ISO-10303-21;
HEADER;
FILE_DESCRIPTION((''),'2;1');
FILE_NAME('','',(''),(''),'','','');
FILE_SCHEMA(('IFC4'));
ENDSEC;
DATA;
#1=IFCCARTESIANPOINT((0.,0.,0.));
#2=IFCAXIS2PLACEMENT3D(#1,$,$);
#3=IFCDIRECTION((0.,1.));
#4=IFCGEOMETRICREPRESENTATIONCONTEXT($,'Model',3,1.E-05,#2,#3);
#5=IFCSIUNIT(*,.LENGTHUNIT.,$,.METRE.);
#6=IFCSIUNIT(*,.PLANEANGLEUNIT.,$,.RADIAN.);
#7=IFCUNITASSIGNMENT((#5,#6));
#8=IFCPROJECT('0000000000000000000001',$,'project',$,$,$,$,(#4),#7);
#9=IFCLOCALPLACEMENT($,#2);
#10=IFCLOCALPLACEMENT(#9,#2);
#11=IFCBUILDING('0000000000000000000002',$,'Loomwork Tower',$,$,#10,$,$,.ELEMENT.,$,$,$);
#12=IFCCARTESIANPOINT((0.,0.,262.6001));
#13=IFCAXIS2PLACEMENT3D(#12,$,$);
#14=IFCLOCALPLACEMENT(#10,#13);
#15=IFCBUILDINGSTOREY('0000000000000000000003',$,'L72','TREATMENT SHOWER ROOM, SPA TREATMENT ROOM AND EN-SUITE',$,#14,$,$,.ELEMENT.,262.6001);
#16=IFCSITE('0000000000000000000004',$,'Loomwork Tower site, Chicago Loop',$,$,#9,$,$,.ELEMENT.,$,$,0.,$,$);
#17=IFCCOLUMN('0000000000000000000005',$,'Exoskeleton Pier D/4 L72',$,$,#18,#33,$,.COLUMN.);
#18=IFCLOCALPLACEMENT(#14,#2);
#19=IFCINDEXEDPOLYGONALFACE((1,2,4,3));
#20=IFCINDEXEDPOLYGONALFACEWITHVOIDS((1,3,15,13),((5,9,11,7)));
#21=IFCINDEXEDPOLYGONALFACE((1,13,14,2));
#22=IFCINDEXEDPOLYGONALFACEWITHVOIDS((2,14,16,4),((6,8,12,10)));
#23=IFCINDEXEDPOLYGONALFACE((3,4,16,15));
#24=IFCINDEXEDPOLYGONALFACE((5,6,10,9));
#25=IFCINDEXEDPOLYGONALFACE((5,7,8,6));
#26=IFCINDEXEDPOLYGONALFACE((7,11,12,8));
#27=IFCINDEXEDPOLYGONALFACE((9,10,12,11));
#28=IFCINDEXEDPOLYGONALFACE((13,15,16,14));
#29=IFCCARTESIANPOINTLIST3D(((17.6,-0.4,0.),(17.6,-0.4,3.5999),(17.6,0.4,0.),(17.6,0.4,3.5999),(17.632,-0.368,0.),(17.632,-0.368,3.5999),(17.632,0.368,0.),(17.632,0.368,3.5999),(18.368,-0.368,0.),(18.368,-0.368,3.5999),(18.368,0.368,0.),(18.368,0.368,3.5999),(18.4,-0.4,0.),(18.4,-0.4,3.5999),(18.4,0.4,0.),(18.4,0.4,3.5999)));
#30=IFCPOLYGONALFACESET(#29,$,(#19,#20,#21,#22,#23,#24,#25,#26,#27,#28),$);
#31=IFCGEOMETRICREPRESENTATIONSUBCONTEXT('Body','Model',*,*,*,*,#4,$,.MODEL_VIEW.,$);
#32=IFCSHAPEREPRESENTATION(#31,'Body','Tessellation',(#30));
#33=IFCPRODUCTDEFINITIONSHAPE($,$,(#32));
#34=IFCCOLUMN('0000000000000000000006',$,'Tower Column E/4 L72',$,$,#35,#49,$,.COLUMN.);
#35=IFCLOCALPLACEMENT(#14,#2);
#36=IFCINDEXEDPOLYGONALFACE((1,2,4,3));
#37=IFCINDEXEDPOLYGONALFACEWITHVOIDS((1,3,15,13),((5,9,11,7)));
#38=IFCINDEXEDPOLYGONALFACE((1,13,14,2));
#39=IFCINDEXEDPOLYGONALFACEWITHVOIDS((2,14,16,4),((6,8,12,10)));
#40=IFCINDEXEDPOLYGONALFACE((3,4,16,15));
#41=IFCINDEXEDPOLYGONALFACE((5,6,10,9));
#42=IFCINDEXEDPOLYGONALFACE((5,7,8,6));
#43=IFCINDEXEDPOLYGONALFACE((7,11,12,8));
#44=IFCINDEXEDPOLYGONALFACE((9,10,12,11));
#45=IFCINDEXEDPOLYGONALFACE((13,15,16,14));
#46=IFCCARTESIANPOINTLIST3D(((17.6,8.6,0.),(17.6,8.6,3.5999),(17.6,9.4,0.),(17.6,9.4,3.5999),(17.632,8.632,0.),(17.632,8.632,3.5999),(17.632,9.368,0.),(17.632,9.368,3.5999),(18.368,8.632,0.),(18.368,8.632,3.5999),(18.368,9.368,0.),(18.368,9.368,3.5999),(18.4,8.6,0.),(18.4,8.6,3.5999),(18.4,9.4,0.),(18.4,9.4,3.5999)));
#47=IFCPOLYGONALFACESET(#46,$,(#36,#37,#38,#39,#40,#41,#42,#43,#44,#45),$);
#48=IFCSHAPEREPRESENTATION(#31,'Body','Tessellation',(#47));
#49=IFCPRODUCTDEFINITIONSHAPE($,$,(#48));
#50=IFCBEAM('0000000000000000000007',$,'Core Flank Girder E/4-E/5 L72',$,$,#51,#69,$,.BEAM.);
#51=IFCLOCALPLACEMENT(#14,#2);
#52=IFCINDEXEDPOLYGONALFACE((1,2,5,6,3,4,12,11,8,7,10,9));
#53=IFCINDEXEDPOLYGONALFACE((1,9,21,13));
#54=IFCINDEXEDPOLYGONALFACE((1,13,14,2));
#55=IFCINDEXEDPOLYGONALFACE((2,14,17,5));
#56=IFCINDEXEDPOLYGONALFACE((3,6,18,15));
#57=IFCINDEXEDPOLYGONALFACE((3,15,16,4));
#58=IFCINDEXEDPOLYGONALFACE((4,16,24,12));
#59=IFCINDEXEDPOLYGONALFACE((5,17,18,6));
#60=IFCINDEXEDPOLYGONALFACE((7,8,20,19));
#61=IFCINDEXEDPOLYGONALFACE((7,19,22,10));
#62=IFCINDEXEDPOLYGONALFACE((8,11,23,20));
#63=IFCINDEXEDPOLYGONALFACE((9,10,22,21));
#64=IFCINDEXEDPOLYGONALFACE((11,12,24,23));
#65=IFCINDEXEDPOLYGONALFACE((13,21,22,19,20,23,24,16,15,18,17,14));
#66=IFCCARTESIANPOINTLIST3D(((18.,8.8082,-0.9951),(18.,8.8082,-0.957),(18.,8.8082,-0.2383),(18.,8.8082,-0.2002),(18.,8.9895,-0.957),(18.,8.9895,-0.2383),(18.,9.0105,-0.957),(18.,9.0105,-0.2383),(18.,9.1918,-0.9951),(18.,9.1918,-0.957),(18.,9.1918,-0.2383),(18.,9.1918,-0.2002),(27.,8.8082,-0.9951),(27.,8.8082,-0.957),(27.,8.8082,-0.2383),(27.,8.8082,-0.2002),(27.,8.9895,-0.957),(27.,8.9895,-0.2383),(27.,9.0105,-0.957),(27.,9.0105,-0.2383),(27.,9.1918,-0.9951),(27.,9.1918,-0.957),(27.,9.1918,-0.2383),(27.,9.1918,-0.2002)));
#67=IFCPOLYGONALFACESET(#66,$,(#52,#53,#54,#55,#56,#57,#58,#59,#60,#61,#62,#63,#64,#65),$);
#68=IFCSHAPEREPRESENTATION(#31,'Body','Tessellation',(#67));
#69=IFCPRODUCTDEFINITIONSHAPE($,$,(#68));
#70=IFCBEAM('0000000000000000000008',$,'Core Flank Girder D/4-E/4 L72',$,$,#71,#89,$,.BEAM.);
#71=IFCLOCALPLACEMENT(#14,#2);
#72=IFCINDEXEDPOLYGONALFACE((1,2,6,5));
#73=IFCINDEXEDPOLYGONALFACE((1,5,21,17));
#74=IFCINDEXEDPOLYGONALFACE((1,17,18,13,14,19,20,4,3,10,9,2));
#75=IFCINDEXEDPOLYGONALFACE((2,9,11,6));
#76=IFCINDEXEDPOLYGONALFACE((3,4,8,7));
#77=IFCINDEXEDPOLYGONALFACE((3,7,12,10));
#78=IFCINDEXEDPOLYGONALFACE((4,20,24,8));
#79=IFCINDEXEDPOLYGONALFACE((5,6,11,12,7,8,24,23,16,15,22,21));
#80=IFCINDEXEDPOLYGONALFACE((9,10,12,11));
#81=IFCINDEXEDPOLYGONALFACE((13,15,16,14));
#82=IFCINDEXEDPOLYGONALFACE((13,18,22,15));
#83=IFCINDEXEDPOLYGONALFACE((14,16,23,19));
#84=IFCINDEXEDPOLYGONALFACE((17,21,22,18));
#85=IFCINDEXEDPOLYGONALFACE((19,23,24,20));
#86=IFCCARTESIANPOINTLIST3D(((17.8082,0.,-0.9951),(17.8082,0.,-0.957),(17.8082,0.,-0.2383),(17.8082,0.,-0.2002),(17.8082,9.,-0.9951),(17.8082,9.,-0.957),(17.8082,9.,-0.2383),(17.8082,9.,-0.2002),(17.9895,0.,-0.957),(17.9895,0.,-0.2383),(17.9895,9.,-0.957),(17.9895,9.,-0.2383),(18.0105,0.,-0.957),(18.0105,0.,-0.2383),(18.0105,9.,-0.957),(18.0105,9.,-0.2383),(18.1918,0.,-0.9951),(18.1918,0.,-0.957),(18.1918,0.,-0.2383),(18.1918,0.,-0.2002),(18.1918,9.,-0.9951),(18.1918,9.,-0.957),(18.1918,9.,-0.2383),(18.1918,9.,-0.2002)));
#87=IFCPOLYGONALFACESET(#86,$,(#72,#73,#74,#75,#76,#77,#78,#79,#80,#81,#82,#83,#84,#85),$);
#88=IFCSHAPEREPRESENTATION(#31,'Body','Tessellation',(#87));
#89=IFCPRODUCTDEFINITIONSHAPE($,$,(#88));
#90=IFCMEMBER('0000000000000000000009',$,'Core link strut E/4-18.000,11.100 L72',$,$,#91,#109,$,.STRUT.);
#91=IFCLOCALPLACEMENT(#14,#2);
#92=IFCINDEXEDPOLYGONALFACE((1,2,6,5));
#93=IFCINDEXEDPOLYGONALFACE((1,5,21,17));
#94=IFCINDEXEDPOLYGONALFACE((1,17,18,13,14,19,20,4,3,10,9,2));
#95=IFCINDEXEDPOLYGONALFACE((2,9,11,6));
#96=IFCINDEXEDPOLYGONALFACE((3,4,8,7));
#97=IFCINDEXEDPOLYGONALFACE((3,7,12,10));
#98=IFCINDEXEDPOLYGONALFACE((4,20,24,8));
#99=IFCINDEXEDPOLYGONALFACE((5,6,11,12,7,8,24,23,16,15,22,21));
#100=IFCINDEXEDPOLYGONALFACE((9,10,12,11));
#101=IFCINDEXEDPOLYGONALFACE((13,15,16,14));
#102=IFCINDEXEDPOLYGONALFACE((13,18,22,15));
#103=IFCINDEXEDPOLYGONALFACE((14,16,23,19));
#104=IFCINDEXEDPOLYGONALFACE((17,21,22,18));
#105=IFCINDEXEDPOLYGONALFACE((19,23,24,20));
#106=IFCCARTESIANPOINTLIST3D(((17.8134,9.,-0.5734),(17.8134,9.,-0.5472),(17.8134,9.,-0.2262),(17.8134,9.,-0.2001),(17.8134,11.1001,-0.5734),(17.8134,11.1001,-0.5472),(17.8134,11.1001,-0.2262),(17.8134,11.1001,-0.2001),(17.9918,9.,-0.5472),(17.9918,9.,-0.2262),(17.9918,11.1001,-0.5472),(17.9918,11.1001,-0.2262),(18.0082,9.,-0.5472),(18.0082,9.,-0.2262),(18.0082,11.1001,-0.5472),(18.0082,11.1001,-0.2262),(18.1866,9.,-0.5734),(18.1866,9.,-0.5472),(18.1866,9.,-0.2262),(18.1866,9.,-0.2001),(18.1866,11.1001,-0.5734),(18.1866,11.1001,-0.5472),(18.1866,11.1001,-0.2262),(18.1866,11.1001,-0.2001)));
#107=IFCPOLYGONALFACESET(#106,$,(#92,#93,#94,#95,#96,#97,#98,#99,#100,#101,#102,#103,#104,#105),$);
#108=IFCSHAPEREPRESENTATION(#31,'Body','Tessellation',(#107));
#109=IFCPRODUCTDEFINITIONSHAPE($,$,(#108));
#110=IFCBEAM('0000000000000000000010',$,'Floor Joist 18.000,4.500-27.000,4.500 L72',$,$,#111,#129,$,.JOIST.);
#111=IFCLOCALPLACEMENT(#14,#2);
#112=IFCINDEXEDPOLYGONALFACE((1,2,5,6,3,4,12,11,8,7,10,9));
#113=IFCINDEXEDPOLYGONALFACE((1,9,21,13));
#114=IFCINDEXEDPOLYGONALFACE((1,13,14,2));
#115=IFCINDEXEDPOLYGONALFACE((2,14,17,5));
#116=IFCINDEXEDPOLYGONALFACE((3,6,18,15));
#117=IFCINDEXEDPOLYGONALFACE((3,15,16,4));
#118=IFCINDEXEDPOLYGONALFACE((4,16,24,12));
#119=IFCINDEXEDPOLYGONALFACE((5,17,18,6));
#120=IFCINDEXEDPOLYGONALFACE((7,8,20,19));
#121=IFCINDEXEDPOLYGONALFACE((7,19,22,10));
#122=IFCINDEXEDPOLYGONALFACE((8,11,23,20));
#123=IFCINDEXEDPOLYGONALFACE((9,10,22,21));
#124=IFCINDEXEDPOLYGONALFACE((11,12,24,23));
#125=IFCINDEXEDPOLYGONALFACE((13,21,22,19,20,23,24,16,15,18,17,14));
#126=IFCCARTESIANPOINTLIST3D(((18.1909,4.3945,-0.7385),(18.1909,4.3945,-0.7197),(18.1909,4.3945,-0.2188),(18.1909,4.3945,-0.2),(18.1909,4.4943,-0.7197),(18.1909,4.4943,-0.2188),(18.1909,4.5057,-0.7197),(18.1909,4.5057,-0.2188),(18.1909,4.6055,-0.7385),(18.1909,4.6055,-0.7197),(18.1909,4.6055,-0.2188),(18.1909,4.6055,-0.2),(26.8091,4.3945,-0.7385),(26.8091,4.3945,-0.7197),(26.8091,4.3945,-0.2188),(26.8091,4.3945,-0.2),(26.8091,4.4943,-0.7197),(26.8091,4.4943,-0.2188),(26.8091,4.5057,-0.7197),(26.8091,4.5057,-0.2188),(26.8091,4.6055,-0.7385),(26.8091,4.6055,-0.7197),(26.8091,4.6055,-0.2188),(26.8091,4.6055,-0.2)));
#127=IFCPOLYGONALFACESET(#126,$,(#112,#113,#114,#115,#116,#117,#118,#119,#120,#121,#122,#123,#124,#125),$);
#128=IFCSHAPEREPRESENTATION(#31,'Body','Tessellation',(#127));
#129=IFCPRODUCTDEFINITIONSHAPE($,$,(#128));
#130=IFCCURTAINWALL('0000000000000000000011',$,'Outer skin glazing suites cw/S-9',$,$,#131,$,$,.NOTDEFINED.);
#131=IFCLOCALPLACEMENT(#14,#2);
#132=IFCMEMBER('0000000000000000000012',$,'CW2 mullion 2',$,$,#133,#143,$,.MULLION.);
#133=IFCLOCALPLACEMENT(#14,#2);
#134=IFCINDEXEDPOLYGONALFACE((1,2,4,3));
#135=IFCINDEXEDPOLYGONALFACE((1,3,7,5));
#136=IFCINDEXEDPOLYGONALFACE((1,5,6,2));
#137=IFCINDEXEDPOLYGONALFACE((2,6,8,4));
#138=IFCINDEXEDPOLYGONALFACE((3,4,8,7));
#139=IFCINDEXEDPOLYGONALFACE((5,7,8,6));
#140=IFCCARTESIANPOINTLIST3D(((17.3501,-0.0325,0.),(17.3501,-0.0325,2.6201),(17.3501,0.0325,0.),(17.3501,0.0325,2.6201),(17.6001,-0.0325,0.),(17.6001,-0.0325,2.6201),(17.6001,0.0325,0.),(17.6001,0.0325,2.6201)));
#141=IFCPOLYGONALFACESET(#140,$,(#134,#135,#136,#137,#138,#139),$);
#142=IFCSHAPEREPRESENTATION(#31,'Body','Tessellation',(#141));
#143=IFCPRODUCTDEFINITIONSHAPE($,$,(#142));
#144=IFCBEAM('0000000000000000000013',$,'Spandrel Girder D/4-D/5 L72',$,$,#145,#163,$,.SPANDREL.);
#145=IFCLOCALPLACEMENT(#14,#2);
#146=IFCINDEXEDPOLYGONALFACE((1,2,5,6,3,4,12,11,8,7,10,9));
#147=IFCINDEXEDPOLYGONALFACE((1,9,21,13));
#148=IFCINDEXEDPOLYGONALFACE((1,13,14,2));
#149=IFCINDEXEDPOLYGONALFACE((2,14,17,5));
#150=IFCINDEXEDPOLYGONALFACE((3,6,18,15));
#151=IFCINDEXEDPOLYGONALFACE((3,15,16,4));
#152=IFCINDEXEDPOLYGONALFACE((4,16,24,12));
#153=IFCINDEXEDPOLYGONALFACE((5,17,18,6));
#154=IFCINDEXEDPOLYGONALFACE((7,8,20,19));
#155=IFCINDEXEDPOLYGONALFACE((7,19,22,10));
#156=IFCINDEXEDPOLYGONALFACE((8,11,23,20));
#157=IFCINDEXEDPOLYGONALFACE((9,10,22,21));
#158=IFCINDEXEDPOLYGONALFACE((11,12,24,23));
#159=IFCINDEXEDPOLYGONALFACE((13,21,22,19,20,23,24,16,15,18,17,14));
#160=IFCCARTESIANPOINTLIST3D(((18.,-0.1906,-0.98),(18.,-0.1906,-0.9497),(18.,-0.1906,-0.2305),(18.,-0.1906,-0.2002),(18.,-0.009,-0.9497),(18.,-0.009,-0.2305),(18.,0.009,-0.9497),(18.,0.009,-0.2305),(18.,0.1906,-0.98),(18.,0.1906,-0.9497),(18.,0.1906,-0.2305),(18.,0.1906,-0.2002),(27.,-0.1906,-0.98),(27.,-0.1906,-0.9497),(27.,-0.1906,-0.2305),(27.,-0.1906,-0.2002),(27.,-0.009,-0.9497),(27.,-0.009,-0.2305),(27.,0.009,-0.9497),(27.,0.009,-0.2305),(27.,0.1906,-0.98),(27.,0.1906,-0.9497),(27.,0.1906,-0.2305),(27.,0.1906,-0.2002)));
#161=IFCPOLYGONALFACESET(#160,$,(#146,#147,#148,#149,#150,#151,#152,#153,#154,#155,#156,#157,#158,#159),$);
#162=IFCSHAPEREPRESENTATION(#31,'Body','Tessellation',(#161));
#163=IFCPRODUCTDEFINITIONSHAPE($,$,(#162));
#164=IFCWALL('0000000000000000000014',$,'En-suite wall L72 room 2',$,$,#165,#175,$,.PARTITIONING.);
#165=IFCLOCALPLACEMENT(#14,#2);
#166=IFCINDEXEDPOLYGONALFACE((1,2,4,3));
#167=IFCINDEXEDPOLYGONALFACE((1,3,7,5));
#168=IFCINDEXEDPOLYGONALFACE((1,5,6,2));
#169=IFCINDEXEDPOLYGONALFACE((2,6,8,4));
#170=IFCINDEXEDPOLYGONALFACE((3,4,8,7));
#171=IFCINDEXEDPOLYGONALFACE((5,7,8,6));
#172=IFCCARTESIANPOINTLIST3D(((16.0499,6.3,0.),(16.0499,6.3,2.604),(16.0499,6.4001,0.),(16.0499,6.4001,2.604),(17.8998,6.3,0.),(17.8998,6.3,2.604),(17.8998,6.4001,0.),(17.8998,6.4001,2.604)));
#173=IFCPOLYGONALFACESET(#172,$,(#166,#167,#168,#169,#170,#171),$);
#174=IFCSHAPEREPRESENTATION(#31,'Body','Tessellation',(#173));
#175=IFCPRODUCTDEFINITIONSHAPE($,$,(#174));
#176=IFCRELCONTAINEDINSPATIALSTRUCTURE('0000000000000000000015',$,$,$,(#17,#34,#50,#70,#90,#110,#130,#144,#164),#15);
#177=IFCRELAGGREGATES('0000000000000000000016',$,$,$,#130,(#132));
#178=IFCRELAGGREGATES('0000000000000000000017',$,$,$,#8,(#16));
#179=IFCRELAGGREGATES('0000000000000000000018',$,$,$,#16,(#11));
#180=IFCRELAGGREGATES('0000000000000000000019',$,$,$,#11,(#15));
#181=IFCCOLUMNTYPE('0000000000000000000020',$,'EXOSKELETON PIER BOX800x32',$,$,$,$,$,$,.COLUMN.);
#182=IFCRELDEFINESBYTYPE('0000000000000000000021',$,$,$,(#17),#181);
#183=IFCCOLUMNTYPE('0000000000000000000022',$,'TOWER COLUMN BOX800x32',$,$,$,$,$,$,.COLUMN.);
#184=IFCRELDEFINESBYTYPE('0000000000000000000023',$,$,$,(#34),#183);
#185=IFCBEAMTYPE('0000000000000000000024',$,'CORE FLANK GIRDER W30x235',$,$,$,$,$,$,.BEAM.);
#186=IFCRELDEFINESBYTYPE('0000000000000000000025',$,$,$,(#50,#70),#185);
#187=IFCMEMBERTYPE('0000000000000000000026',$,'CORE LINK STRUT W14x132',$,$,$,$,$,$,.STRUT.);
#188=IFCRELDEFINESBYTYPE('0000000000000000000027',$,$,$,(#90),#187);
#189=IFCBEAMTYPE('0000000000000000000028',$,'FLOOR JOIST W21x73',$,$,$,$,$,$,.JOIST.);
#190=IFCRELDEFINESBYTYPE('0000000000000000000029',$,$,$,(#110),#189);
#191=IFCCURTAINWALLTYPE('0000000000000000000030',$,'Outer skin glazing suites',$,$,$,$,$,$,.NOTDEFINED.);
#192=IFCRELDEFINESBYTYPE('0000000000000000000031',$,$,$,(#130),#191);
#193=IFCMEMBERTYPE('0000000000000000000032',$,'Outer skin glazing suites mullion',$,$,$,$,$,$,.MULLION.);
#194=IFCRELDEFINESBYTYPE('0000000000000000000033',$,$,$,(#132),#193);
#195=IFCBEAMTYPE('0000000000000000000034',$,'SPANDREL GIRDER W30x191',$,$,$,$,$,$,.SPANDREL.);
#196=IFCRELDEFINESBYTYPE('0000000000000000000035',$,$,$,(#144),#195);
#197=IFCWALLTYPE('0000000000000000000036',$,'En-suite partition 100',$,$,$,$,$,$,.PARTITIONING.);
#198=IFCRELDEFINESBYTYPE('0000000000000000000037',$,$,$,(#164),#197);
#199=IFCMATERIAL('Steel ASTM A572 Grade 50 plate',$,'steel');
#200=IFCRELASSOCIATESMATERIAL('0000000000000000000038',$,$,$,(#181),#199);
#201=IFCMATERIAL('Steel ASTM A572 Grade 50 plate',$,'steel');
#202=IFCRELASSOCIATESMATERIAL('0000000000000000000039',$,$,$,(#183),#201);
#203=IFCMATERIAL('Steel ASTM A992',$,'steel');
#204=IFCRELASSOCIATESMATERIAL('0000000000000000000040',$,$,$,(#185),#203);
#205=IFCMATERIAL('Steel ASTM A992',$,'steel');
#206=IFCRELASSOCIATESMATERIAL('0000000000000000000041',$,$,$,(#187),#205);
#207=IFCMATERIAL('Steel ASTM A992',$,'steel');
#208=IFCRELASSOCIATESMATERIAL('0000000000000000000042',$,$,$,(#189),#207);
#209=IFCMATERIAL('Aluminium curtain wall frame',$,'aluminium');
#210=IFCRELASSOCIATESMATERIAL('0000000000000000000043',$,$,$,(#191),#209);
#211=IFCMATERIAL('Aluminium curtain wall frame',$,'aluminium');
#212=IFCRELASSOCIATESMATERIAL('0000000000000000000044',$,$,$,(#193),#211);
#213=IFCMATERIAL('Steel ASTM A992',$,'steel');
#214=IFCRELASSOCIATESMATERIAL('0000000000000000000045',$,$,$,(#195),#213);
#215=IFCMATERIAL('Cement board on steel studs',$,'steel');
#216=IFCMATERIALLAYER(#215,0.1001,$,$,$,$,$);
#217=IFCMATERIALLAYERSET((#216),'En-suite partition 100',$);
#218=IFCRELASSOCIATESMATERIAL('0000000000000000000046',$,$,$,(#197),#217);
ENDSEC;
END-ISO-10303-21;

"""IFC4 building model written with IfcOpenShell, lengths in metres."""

from ifc_helpers import new_model, si_unit, direction, frame, frame_2d, origin, origin_2d, place, context, subcontext, project, spatial, rectangle, hollow_rectangle, i_section, extrude, material, layer, layer_set, material_profile, profile_set, type_object, element, aggregate, save


model = new_model("IFC4")

# Units and contexts
model_context = context("Model", 3, precision=1e-05, world=origin(), true_north=direction((0.0, 1.0)))
body_context = subcontext(model_context, "Body", "Model", "MODEL_VIEW")
ifc_project = project(units=[si_unit("LENGTHUNIT", "METRE"), si_unit("PLANEANGLEUNIT", "RADIAN")], contexts=[model_context])

# Site, building, storey
site_placement = place(None, origin())
site = spatial("IfcSite", under=ifc_project, at=site_placement, Name="Loomwork Tower site, Chicago Loop", CompositionType="ELEMENT", RefElevation=0.0)
building_placement = place(site_placement, origin())
building = spatial("IfcBuilding", under=site, at=building_placement, Name="Loomwork Tower", CompositionType="ELEMENT")
storey_placement = place(building_placement, frame((0.0, 0.0, 262.6001)))
storey = spatial("IfcBuildingStorey", under=building, at=storey_placement, Name="L72", Description="TREATMENT SHOWER ROOM, SPA TREATMENT ROOM AND EN-SUITE", CompositionType="ELEMENT", Elevation=262.6001)

# Columns
ifc_material_1 = material(Name="Steel ASTM A572 Grade 50 plate", Category="steel")
ifc_material_profile_1 = material_profile(ifc_material_1, hollow_rectangle(XDim=0.8, YDim=0.8, WallThickness=0.032, at=origin_2d()), Name="BOX800x32")
ifc_profile_set_1 = profile_set([ifc_material_profile_1], Name="Steel ASTM A572 Grade 50 plate")
column_type_1 = type_object("IfcColumnType", Name="EXOSKELETON PIER BOX800x32", PredefinedType="COLUMN", material=ifc_profile_set_1)
column_1_placement = place(storey_placement, frame((18.0, 0.0, 0.0), z_axis=(0.0, 0.0, 1.0), x_axis=(1.0, 0.0, 0.0)))
element("IfcColumn", 1, at=column_1_placement, inside=storey, type_object=column_type_1, Name="Exoskeleton Pier D/4 L72", PredefinedType="COLUMN", context=body_context, shape_type="SweptSolid", body=[
    extrude(hollow_rectangle(XDim=0.8, YDim=0.8, WallThickness=0.032, at=origin_2d()), origin(), (0.0, 0.0, 1.0), 3.5999),
])
ifc_material_2 = material(Name="Steel ASTM A572 Grade 50 plate", Category="steel")
ifc_material_profile_2 = material_profile(ifc_material_2, hollow_rectangle(XDim=0.8, YDim=0.8, WallThickness=0.032, at=origin_2d()), Name="BOX800x32")
ifc_profile_set_2 = profile_set([ifc_material_profile_2], Name="Steel ASTM A572 Grade 50 plate")
column_type_2 = type_object("IfcColumnType", Name="TOWER COLUMN BOX800x32", PredefinedType="COLUMN", material=ifc_profile_set_2)
column_2_placement = place(storey_placement, frame((18.0, 9.0, 0.0), z_axis=(0.0, 0.0, 1.0), x_axis=(1.0, 0.0, 0.0)))
element("IfcColumn", 2, at=column_2_placement, inside=storey, type_object=column_type_2, Name="Tower Column E/4 L72", PredefinedType="COLUMN", context=body_context, shape_type="SweptSolid", body=[
    extrude(hollow_rectangle(XDim=0.8, YDim=0.8, WallThickness=0.032, at=origin_2d()), origin(), (0.0, 0.0, 1.0), 3.5999),
])

# Beams
ifc_material_3 = material(Name="Steel ASTM A992", Category="steel")
ifc_material_profile_3 = material_profile(ifc_material_3, i_section(OverallWidth=0.3835, OverallDepth=0.7949, WebThickness=0.021, FlangeThickness=0.0381, at=origin_2d()), Name="W30x235")
ifc_profile_set_3 = profile_set([ifc_material_profile_3], Name="Steel ASTM A992")
beam_type_1 = type_object("IfcBeamType", Name="CORE FLANK GIRDER W30x235", PredefinedType="BEAM", material=ifc_profile_set_3)
for number, where, z_axis, x_axis, name in (
    (3, (18.0, 9.0, -0.5977), (1.0, 0.0, 0.0), (0.0, 1.0, 0.0), "Core Flank Girder E/4-E/5 L72"),
    (4, (18.0, 0.0, -0.5977), (0.0, 1.0, 0.0), (-1.0, 0.0, 0.0), "Core Flank Girder D/4-E/4 L72"),
):
    element("IfcBeam", number, at=place(storey_placement, frame(where, z_axis=z_axis, x_axis=x_axis)), inside=storey, type_object=beam_type_1, Name=name, PredefinedType="BEAM", context=body_context, shape_type="SweptSolid", body=[
        extrude(i_section(OverallWidth=0.3835, OverallDepth=0.7949, WebThickness=0.021, FlangeThickness=0.0381, at=origin_2d()), origin(), (0.0, 0.0, 1.0), 9.0),
    ])

# Member
ifc_material_4 = material(Name="Steel ASTM A992", Category="steel")
ifc_material_profile_4 = material_profile(ifc_material_4, i_section(OverallWidth=0.3733, OverallDepth=0.3733, WebThickness=0.0164, FlangeThickness=0.0261, at=origin_2d()), Name="W14x132")
ifc_profile_set_4 = profile_set([ifc_material_profile_4], Name="Steel ASTM A992")
member_type_1 = type_object("IfcMemberType", Name="CORE LINK STRUT W14x132", PredefinedType="STRUT", material=ifc_profile_set_4)
member_1_placement = place(storey_placement, frame((18.0, 9.0, -0.3867), z_axis=(0.0, 1.0, 0.0), x_axis=(-1.0, 0.0, 0.0)))
element("IfcMember", 5, at=member_1_placement, inside=storey, type_object=member_type_1, Name="Core link strut E/4-18.000,11.100 L72", PredefinedType="STRUT", context=body_context, shape_type="SweptSolid", body=[
    extrude(i_section(OverallWidth=0.3733, OverallDepth=0.3733, WebThickness=0.0164, FlangeThickness=0.0261, at=origin_2d()), origin(), (0.0, 0.0, 1.0), 2.1001),
])

# Beam
ifc_material_5 = material(Name="Steel ASTM A992", Category="steel")
ifc_material_profile_5 = material_profile(ifc_material_5, i_section(OverallWidth=0.2109, OverallDepth=0.5386, WebThickness=0.0115, FlangeThickness=0.0188, at=origin_2d()), Name="W21x73")
ifc_profile_set_5 = profile_set([ifc_material_profile_5], Name="Steel ASTM A992")
beam_type_2 = type_object("IfcBeamType", Name="FLOOR JOIST W21x73", PredefinedType="JOIST", material=ifc_profile_set_5)
beam_1_placement = place(storey_placement, frame((18.1909, 4.5, -0.4692), z_axis=(1.0, 0.0, 0.0), x_axis=(0.0, 1.0, 0.0)))
element("IfcBeam", 6, at=beam_1_placement, inside=storey, type_object=beam_type_2, Name="Floor Joist 18.000,4.500-27.000,4.500 L72", PredefinedType="JOIST", context=body_context, shape_type="SweptSolid", body=[
    extrude(i_section(OverallWidth=0.2109, OverallDepth=0.5386, WebThickness=0.0115, FlangeThickness=0.0188, at=origin_2d()), origin(), (0.0, 0.0, 1.0), 8.6182),
])

# Curtain wall, member
ifc_material_6 = material(Name="Aluminium curtain wall frame", Category="aluminium")
curtain_wall_type = type_object("IfcCurtainWallType", Name="Outer skin glazing suites", PredefinedType="NOTDEFINED", material=ifc_material_6)
curtain_wall_placement = place(storey_placement, origin())
curtain_wall = element("IfcCurtainWall", 7, at=curtain_wall_placement, inside=storey, type_object=curtain_wall_type, Name="Outer skin glazing suites cw/S-9", PredefinedType="NOTDEFINED")
ifc_material_7 = material(Name="Aluminium curtain wall frame", Category="aluminium")
ifc_material_profile_6 = material_profile(ifc_material_7, rectangle(XDim=0.0649, YDim=0.25, at=origin_2d()), Name="AL 65x250")
ifc_profile_set_6 = profile_set([ifc_material_profile_6], Name="Aluminium curtain wall frame")
member_type_2 = type_object("IfcMemberType", Name="Outer skin glazing suites mullion", PredefinedType="MULLION", material=ifc_profile_set_6)
member_2_placement = place(storey_placement, frame((17.4751, 0.0, 0.0), z_axis=(0.0, 0.0, 1.0), x_axis=(0.0, 1.0, 0.0)))
member_2 = element("IfcMember", 8, at=member_2_placement, type_object=member_type_2, Name="CW2 mullion 2", PredefinedType="MULLION", context=body_context, shape_type="SweptSolid", body=[
    extrude(rectangle(XDim=0.0649, YDim=0.25, at=origin_2d()), origin(), (0.0, 0.0, 1.0), 2.6201),
])
aggregate(curtain_wall, [member_2])

# Beam
ifc_material_8 = material(Name="Steel ASTM A992", Category="steel")
ifc_material_profile_7 = material_profile(ifc_material_8, i_section(OverallWidth=0.3811, OverallDepth=0.7798, WebThickness=0.0181, FlangeThickness=0.0303, at=origin_2d()), Name="W30x191")
ifc_profile_set_7 = profile_set([ifc_material_profile_7], Name="Steel ASTM A992")
beam_type_3 = type_object("IfcBeamType", Name="SPANDREL GIRDER W30x191", PredefinedType="SPANDREL", material=ifc_profile_set_7)
beam_2_placement = place(storey_placement, frame((18.0, 0.0, -0.5901), z_axis=(1.0, 0.0, 0.0), x_axis=(0.0, 1.0, 0.0)))
element("IfcBeam", 9, at=beam_2_placement, inside=storey, type_object=beam_type_3, Name="Spandrel Girder D/4-D/5 L72", PredefinedType="SPANDREL", context=body_context, shape_type="SweptSolid", body=[
    extrude(i_section(OverallWidth=0.3811, OverallDepth=0.7798, WebThickness=0.0181, FlangeThickness=0.0303, at=origin_2d()), origin(), (0.0, 0.0, 1.0), 9.0),
])

# Wall
ifc_material_9 = material(Name="Cement board on steel studs", Category="steel")
ifc_layer_1 = layer(ifc_material_9, 0.1001)
ifc_layer_set_1 = layer_set([ifc_layer_1], Name="En-suite partition 100")
wall_type_1 = type_object("IfcWallType", Name="En-suite partition 100", PredefinedType="PARTITIONING", material=ifc_layer_set_1)
wall_1_placement = place(storey_placement, frame((16.05, 6.3501, 0.0), z_axis=(0.0, 0.0, 1.0), x_axis=(1.0, 0.0, 0.0)))
element("IfcWall", 10, at=wall_1_placement, inside=storey, type_object=wall_type_1, Name="En-suite wall L72 room 2", PredefinedType="PARTITIONING", context=body_context, shape_type="SweptSolid", body=[
    extrude(rectangle(XDim=1.8499, YDim=0.1001, at=frame_2d((0.9248, 0.0))), origin(), (0.0, 0.0, 1.0), 2.604),
])

save(model, "model.ifc")
